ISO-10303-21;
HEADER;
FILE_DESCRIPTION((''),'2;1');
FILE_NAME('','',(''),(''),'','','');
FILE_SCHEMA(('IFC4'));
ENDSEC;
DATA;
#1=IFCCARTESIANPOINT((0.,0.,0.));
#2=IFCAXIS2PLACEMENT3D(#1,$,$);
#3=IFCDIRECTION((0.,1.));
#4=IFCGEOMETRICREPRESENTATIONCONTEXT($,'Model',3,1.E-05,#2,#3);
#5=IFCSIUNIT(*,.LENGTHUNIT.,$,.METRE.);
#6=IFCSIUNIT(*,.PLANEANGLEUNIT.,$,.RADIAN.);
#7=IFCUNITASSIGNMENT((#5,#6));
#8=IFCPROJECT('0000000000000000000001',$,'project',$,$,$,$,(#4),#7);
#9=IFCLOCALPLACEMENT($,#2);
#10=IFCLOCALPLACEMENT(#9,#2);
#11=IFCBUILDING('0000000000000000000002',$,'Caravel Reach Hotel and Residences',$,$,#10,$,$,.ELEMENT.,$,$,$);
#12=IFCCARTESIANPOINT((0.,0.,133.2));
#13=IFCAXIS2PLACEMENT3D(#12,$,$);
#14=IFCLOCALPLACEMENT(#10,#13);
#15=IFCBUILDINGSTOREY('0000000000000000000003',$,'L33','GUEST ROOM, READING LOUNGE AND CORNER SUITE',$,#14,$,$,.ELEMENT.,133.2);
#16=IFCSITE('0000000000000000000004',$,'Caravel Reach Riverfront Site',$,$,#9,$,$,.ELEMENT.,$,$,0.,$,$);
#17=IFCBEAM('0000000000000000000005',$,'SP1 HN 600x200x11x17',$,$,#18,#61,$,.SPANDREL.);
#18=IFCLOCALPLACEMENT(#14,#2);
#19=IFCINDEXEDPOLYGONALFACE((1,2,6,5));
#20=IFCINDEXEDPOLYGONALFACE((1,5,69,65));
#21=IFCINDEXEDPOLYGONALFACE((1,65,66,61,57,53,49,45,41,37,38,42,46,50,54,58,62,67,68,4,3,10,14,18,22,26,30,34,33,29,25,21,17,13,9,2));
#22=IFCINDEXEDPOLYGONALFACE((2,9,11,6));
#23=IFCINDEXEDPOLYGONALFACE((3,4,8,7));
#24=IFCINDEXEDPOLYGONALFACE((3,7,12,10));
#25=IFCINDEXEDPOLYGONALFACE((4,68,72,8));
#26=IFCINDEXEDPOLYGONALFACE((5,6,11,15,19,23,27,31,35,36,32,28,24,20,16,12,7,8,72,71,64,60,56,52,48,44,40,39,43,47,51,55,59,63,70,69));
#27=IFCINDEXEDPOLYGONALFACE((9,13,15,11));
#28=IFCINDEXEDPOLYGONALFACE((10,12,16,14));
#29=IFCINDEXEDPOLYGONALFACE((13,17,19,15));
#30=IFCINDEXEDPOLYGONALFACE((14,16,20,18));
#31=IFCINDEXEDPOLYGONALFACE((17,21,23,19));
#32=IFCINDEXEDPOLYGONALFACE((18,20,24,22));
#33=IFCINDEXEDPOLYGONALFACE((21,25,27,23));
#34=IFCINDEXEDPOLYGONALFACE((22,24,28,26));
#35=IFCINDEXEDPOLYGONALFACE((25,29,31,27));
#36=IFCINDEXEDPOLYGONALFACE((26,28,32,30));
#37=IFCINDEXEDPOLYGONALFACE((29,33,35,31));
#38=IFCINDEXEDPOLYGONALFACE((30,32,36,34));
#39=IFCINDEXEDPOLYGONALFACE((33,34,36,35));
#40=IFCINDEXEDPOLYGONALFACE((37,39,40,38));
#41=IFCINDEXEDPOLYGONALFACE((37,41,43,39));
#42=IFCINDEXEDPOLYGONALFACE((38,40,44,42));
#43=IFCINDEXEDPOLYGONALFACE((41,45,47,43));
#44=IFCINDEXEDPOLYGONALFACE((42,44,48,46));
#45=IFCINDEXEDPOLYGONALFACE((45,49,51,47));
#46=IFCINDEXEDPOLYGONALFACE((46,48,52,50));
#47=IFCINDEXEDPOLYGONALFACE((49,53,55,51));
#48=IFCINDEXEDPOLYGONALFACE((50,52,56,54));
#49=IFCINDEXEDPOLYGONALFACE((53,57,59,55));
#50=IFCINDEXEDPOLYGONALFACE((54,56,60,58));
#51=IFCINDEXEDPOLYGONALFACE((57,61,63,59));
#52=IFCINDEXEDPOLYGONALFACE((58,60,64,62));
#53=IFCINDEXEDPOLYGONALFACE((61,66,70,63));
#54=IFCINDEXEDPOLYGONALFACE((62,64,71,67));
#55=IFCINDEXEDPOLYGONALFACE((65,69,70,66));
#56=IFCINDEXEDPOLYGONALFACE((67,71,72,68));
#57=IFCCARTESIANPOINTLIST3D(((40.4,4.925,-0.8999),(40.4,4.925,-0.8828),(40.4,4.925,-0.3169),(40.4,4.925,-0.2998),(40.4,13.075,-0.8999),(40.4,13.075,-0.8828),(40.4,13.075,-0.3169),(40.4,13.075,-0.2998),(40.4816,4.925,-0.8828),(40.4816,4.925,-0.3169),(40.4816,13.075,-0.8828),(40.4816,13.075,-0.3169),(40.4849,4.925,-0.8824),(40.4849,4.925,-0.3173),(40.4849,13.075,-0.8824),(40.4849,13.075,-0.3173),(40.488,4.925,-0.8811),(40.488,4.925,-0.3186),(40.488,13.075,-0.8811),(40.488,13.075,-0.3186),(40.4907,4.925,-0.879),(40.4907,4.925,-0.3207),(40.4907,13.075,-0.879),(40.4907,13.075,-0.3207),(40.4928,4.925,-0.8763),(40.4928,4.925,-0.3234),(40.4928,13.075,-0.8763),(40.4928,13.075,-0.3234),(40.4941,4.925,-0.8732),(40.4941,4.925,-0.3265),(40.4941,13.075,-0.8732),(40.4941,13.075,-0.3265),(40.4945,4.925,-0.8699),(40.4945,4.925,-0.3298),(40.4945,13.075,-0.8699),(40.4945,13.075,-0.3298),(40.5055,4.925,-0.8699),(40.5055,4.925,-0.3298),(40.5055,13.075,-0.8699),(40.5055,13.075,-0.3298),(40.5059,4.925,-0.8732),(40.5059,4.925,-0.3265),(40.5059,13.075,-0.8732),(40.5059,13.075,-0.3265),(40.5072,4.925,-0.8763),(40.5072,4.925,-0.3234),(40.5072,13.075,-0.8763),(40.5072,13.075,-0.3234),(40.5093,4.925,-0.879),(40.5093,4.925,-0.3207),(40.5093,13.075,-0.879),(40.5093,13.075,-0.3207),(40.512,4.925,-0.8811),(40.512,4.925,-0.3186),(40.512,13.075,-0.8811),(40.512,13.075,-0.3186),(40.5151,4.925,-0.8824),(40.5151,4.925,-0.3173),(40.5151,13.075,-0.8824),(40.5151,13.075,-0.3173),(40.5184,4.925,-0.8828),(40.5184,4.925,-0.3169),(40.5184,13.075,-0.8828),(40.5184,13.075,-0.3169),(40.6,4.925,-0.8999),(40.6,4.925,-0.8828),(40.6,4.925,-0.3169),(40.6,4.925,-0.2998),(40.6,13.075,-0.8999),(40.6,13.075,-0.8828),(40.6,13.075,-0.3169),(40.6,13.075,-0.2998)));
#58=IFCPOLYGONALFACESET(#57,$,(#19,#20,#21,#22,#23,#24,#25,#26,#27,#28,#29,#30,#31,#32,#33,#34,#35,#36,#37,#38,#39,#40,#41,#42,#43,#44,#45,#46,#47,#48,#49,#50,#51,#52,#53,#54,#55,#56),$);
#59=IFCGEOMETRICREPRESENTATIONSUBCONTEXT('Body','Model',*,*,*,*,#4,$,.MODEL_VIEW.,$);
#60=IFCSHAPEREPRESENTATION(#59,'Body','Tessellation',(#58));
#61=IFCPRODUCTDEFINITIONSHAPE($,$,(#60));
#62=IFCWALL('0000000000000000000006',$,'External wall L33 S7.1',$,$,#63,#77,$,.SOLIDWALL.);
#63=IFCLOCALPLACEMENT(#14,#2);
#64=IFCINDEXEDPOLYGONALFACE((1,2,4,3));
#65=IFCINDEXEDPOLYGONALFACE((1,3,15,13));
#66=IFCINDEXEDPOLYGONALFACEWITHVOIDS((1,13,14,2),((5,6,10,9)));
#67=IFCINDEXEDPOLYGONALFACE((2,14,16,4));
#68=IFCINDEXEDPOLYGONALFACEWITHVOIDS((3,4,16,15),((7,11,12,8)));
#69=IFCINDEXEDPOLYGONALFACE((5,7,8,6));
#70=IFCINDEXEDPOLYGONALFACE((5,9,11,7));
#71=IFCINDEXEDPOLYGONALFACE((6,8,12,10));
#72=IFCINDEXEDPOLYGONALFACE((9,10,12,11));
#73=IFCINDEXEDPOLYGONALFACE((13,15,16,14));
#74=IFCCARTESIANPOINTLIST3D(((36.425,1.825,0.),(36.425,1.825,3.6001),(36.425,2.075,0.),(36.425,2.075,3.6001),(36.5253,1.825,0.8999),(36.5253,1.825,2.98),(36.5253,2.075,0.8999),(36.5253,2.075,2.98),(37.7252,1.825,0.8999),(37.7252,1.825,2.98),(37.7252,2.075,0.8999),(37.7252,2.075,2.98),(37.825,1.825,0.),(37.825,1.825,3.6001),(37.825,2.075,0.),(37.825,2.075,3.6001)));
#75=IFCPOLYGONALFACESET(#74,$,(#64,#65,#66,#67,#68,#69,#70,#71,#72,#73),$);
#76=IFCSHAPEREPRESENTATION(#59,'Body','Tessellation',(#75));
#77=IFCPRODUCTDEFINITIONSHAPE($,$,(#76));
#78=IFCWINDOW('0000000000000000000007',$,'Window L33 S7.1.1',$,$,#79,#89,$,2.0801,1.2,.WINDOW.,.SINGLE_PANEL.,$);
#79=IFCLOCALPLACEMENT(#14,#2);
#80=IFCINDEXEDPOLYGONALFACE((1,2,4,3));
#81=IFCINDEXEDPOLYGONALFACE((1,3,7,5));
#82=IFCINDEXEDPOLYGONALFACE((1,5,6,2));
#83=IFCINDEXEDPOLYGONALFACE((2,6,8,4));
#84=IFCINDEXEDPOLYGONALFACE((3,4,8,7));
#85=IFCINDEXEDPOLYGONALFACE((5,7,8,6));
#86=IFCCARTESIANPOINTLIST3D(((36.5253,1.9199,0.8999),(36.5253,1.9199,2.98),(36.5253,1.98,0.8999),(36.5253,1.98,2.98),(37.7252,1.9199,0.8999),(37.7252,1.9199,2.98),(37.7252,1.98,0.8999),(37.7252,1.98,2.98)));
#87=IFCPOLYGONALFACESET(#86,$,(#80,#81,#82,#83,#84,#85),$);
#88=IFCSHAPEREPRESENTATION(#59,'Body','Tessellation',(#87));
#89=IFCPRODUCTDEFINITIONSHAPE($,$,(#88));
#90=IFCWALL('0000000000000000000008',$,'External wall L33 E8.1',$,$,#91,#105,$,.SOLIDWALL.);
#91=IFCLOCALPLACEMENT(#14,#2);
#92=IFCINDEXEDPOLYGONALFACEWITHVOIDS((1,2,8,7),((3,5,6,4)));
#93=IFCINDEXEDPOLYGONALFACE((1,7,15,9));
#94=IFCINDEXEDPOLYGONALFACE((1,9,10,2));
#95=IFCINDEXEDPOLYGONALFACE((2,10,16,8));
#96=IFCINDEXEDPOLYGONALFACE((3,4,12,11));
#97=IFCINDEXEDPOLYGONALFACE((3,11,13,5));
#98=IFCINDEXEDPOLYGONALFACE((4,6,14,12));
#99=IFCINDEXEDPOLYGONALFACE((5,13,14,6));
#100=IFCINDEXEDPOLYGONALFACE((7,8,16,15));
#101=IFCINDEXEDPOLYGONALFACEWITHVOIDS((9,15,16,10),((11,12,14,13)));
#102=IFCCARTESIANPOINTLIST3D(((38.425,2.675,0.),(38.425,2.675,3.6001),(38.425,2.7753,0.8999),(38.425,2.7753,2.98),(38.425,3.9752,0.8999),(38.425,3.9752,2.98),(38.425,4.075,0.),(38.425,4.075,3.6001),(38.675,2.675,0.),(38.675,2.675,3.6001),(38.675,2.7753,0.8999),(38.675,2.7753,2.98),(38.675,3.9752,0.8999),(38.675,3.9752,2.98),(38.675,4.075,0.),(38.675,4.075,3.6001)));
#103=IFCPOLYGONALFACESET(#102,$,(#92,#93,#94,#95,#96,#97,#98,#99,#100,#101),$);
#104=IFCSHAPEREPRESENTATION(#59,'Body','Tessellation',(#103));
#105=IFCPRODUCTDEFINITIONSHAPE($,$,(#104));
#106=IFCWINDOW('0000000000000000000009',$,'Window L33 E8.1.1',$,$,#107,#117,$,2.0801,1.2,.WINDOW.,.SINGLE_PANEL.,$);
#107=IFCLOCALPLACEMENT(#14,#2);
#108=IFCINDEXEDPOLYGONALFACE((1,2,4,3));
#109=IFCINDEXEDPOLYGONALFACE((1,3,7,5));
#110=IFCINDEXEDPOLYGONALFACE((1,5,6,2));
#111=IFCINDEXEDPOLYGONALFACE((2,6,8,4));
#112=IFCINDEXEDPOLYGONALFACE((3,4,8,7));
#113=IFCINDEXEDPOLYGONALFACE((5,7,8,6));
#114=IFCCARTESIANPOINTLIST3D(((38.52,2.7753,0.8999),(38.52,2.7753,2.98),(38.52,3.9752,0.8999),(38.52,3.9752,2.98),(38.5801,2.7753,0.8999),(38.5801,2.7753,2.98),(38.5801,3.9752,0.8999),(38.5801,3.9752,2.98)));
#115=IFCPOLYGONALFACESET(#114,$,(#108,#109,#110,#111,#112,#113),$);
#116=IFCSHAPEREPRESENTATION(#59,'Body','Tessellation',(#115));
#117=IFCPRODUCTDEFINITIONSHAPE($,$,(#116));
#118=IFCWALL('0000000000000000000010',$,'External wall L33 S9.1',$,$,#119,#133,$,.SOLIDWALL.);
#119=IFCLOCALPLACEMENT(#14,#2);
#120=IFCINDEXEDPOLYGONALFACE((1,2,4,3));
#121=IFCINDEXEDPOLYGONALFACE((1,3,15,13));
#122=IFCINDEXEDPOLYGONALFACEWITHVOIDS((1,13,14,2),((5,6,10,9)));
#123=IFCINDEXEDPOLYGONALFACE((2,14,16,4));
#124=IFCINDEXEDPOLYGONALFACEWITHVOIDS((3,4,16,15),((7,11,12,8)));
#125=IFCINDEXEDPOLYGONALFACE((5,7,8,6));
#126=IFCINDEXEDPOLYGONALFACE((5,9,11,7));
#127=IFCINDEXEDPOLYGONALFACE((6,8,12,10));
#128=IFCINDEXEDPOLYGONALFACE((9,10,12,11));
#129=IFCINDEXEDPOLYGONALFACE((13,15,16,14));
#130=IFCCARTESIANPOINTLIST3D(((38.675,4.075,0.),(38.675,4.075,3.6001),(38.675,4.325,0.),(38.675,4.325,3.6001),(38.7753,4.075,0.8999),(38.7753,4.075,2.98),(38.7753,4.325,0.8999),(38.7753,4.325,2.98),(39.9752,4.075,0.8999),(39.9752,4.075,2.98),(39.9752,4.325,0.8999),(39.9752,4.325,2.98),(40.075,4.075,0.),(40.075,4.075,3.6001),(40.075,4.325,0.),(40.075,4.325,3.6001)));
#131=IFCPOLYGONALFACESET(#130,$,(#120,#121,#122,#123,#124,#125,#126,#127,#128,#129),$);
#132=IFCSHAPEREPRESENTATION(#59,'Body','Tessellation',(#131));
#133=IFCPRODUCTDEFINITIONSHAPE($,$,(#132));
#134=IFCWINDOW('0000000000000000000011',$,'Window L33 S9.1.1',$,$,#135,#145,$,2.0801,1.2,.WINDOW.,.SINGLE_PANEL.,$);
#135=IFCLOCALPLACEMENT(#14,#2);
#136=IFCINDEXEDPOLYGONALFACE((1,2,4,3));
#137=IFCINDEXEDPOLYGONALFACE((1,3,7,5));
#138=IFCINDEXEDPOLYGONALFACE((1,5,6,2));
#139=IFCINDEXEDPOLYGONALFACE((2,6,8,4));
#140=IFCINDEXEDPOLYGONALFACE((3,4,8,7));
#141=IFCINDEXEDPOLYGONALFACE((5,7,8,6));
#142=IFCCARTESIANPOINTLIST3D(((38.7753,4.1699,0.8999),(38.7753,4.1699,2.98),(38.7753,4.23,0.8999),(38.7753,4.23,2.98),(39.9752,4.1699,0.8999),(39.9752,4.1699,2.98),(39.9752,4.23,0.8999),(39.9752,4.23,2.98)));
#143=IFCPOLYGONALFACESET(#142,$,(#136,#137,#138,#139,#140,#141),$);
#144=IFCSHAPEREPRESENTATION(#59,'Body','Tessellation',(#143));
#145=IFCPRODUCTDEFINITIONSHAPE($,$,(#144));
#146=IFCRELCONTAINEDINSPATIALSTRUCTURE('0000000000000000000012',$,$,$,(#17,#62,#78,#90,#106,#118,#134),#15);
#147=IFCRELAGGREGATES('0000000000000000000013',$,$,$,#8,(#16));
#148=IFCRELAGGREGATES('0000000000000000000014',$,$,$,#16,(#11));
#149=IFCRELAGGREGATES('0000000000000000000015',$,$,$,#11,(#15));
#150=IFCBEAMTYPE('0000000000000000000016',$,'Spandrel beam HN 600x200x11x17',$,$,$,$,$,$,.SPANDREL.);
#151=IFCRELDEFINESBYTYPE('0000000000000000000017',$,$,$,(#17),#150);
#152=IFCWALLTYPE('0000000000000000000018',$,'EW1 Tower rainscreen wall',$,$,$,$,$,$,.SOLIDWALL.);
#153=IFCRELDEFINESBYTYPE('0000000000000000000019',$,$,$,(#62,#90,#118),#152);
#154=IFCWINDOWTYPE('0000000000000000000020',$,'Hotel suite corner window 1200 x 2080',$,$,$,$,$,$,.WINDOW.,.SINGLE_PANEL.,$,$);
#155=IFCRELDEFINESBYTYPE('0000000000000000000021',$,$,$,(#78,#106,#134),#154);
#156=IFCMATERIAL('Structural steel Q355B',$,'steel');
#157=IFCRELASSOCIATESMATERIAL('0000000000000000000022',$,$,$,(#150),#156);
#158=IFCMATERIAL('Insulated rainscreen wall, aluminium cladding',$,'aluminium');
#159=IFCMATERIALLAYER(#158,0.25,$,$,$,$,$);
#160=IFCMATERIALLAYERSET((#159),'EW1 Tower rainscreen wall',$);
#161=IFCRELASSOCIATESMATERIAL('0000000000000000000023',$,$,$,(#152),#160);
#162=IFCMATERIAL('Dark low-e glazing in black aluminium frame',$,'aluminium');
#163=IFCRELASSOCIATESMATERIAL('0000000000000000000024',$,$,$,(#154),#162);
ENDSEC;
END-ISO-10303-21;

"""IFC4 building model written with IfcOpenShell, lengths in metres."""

from ifc_helpers import new_model, si_unit, direction, frame, frame_2d, origin, origin_2d, place, context, subcontext, project, spatial, rectangle, i_section, extrude, material, layer, layer_set, material_profile, profile_set, type_object, element, fill, save


model = new_model("IFC4")

# Units and contexts
model_context = context("Model", 3, precision=1e-05, world=origin(), true_north=direction((0.0, 1.0)))
body_context = subcontext(model_context, "Body", "Model", "MODEL_VIEW")
ifc_project = project(units=[si_unit("LENGTHUNIT", "METRE"), si_unit("PLANEANGLEUNIT", "RADIAN")], contexts=[model_context])

# Site, building, storey
site_placement = place(None, origin())
site = spatial("IfcSite", under=ifc_project, at=site_placement, Name="Caravel Reach Riverfront Site", CompositionType="ELEMENT", RefElevation=0.0)
building_placement = place(site_placement, origin())
building = spatial("IfcBuilding", under=site, at=building_placement, Name="Caravel Reach Hotel and Residences", CompositionType="ELEMENT")
storey_placement = place(building_placement, frame((0.0, 0.0, 133.2)))
storey = spatial("IfcBuildingStorey", under=building, at=storey_placement, Name="L33", Description="GUEST ROOM, READING LOUNGE AND CORNER SUITE", CompositionType="ELEMENT", Elevation=133.2)

# Beam
ifc_material_1 = material(Name="Structural steel Q355B", Category="steel")
ifc_material_profile_1 = material_profile(ifc_material_1, i_section(OverallWidth=0.2, OverallDepth=0.6001, WebThickness=0.011, FlangeThickness=0.0171, FilletRadius=0.0129, at=origin_2d()), Name="HN 600x200x11x17")
ifc_profile_set_1 = profile_set([ifc_material_profile_1], Name="Structural steel Q355B")
beam_type = type_object("IfcBeamType", Name="Spandrel beam HN 600x200x11x17", PredefinedType="SPANDREL", material=ifc_profile_set_1)
beam_placement = place(storey_placement, frame((40.5, 4.925, -0.5999), z_axis=(0.0, 1.0, 0.0), x_axis=(-1.0, 0.0, 0.0)))
element("IfcBeam", 1, at=beam_placement, inside=storey, type_object=beam_type, Name="SP1 HN 600x200x11x17", PredefinedType="SPANDREL", context=body_context, shape_type="SweptSolid", body=[
    extrude(i_section(OverallWidth=0.2, OverallDepth=0.6001, WebThickness=0.011, FlangeThickness=0.0171, FilletRadius=0.0129, at=origin_2d()), origin(), (0.0, 0.0, 1.0), 8.1499),
])

# Walls, openings, windows
ifc_material_2 = material(Name="Insulated rainscreen wall, aluminium cladding", Category="aluminium")
ifc_layer = layer(ifc_material_2, 0.25)
ifc_layer_set = layer_set([ifc_layer], Name="EW1 Tower rainscreen wall")
wall_type = type_object("IfcWallType", Name="EW1 Tower rainscreen wall", PredefinedType="SOLIDWALL", material=ifc_layer_set)
wall_1_placement = place(storey_placement, frame((36.425, 1.95, 0.0), z_axis=(0.0, 0.0, 1.0), x_axis=(1.0, 0.0, 0.0)))
wall_1 = element("IfcWall", 2, at=wall_1_placement, inside=storey, type_object=wall_type, Name="External wall L33 S7.1", PredefinedType="SOLIDWALL", context=body_context, shape_type="SweptSolid", body=[
    extrude(rectangle(XDim=1.3999, YDim=0.25, at=frame_2d((0.7, 0.0))), origin(), (0.0, 0.0, 1.0), 3.6001),
])
opening_1_placement = place(wall_1_placement, frame((0.1001, 0.0, 0.8999)))
opening_1 = element("IfcOpeningElement", 3, at=opening_1_placement, cuts=wall_1, PredefinedType="OPENING", context=body_context, shape_type="SweptSolid", body=[
    extrude(rectangle(XDim=1.2, YDim=2.0801, at=frame_2d((0.6001, 1.04))), frame((0.0, 0.135, 0.0), z_axis=(0.0, -1.0, 0.0), x_axis=(1.0, 0.0, 0.0)), (0.0, 0.0, 1.0), 0.27),
])
ifc_material_3 = material(Name="Dark low-e glazing in black aluminium frame", Category="aluminium")
window_type_1 = type_object("IfcWindowType", Name="Hotel suite corner window 1200 x 2080", PartitioningType="SINGLE_PANEL", PredefinedType="WINDOW", material=ifc_material_3)
window_1_placement = place(opening_1_placement, origin())
window_1 = element("IfcWindow", 4, at=window_1_placement, inside=storey, type_object=window_type_1, Name="Window L33 S7.1.1", OverallHeight=2.0801, OverallWidth=1.2, PartitioningType="SINGLE_PANEL", PredefinedType="WINDOW", context=body_context, shape_type="SweptSolid", body=[
    extrude(rectangle(XDim=1.2, YDim=2.0801, at=frame_2d((0.6001, 1.04))), frame((0.0, 0.03, 0.0), z_axis=(0.0, -1.0, 0.0), x_axis=(1.0, 0.0, 0.0)), (0.0, 0.0, 1.0), 0.0601),
])
fill(opening_1, window_1)
wall_2_placement = place(storey_placement, frame((38.55, 2.675, 0.0), z_axis=(0.0, 0.0, 1.0), x_axis=(0.0, 1.0, 0.0)))
wall_2 = element("IfcWall", 5, at=wall_2_placement, inside=storey, type_object=wall_type, Name="External wall L33 E8.1", PredefinedType="SOLIDWALL", context=body_context, shape_type="SweptSolid", body=[
    extrude(rectangle(XDim=1.3999, YDim=0.25, at=frame_2d((0.7, 0.0))), origin(), (0.0, 0.0, 1.0), 3.6001),
])
opening_2_placement = place(wall_2_placement, frame((0.1001, 0.0, 0.8999)))
opening_2 = element("IfcOpeningElement", 6, at=opening_2_placement, cuts=wall_2, PredefinedType="OPENING", context=body_context, shape_type="SweptSolid", body=[
    extrude(rectangle(XDim=1.2, YDim=2.0801, at=frame_2d((0.6001, 1.04))), frame((0.0, 0.135, 0.0), z_axis=(0.0, -1.0, 0.0), x_axis=(1.0, 0.0, 0.0)), (0.0, 0.0, 1.0), 0.27),
])
window_2_placement = place(opening_2_placement, origin())
window_2 = element("IfcWindow", 7, at=window_2_placement, inside=storey, type_object=window_type_1, Name="Window L33 E8.1.1", OverallHeight=2.0801, OverallWidth=1.2, PartitioningType="SINGLE_PANEL", PredefinedType="WINDOW", context=body_context, shape_type="SweptSolid", body=[
    extrude(rectangle(XDim=1.2, YDim=2.0801, at=frame_2d((0.6001, 1.04))), frame((0.0, 0.03, 0.0), z_axis=(0.0, -1.0, 0.0), x_axis=(1.0, 0.0, 0.0)), (0.0, 0.0, 1.0), 0.0601),
])
fill(opening_2, window_2)
wall_3_placement = place(storey_placement, frame((38.675, 4.2, 0.0), z_axis=(0.0, 0.0, 1.0), x_axis=(1.0, 0.0, 0.0)))
wall_3 = element("IfcWall", 8, at=wall_3_placement, inside=storey, type_object=wall_type, Name="External wall L33 S9.1", PredefinedType="SOLIDWALL", context=body_context, shape_type="SweptSolid", body=[
    extrude(rectangle(XDim=1.3999, YDim=0.25, at=frame_2d((0.7, 0.0))), origin(), (0.0, 0.0, 1.0), 3.6001),
])
opening_3_placement = place(wall_3_placement, frame((0.1001, 0.0, 0.8999)))
opening_3 = element("IfcOpeningElement", 9, at=opening_3_placement, cuts=wall_3, PredefinedType="OPENING", context=body_context, shape_type="SweptSolid", body=[
    extrude(rectangle(XDim=1.2, YDim=2.0801, at=frame_2d((0.6001, 1.04))), frame((0.0, 0.135, 0.0), z_axis=(0.0, -1.0, 0.0), x_axis=(1.0, 0.0, 0.0)), (0.0, 0.0, 1.0), 0.27),
])
window_3_placement = place(opening_3_placement, origin())
window_3 = element("IfcWindow", 10, at=window_3_placement, inside=storey, type_object=window_type_1, Name="Window L33 S9.1.1", OverallHeight=2.0801, OverallWidth=1.2, PartitioningType="SINGLE_PANEL", PredefinedType="WINDOW", context=body_context, shape_type="SweptSolid", body=[
    extrude(rectangle(XDim=1.2, YDim=2.0801, at=frame_2d((0.6001, 1.04))), frame((0.0, 0.03, 0.0), z_axis=(0.0, -1.0, 0.0), x_axis=(1.0, 0.0, 0.0)), (0.0, 0.0, 1.0), 0.0601),
])
fill(opening_3, window_3)

save(model, "model.ifc")
